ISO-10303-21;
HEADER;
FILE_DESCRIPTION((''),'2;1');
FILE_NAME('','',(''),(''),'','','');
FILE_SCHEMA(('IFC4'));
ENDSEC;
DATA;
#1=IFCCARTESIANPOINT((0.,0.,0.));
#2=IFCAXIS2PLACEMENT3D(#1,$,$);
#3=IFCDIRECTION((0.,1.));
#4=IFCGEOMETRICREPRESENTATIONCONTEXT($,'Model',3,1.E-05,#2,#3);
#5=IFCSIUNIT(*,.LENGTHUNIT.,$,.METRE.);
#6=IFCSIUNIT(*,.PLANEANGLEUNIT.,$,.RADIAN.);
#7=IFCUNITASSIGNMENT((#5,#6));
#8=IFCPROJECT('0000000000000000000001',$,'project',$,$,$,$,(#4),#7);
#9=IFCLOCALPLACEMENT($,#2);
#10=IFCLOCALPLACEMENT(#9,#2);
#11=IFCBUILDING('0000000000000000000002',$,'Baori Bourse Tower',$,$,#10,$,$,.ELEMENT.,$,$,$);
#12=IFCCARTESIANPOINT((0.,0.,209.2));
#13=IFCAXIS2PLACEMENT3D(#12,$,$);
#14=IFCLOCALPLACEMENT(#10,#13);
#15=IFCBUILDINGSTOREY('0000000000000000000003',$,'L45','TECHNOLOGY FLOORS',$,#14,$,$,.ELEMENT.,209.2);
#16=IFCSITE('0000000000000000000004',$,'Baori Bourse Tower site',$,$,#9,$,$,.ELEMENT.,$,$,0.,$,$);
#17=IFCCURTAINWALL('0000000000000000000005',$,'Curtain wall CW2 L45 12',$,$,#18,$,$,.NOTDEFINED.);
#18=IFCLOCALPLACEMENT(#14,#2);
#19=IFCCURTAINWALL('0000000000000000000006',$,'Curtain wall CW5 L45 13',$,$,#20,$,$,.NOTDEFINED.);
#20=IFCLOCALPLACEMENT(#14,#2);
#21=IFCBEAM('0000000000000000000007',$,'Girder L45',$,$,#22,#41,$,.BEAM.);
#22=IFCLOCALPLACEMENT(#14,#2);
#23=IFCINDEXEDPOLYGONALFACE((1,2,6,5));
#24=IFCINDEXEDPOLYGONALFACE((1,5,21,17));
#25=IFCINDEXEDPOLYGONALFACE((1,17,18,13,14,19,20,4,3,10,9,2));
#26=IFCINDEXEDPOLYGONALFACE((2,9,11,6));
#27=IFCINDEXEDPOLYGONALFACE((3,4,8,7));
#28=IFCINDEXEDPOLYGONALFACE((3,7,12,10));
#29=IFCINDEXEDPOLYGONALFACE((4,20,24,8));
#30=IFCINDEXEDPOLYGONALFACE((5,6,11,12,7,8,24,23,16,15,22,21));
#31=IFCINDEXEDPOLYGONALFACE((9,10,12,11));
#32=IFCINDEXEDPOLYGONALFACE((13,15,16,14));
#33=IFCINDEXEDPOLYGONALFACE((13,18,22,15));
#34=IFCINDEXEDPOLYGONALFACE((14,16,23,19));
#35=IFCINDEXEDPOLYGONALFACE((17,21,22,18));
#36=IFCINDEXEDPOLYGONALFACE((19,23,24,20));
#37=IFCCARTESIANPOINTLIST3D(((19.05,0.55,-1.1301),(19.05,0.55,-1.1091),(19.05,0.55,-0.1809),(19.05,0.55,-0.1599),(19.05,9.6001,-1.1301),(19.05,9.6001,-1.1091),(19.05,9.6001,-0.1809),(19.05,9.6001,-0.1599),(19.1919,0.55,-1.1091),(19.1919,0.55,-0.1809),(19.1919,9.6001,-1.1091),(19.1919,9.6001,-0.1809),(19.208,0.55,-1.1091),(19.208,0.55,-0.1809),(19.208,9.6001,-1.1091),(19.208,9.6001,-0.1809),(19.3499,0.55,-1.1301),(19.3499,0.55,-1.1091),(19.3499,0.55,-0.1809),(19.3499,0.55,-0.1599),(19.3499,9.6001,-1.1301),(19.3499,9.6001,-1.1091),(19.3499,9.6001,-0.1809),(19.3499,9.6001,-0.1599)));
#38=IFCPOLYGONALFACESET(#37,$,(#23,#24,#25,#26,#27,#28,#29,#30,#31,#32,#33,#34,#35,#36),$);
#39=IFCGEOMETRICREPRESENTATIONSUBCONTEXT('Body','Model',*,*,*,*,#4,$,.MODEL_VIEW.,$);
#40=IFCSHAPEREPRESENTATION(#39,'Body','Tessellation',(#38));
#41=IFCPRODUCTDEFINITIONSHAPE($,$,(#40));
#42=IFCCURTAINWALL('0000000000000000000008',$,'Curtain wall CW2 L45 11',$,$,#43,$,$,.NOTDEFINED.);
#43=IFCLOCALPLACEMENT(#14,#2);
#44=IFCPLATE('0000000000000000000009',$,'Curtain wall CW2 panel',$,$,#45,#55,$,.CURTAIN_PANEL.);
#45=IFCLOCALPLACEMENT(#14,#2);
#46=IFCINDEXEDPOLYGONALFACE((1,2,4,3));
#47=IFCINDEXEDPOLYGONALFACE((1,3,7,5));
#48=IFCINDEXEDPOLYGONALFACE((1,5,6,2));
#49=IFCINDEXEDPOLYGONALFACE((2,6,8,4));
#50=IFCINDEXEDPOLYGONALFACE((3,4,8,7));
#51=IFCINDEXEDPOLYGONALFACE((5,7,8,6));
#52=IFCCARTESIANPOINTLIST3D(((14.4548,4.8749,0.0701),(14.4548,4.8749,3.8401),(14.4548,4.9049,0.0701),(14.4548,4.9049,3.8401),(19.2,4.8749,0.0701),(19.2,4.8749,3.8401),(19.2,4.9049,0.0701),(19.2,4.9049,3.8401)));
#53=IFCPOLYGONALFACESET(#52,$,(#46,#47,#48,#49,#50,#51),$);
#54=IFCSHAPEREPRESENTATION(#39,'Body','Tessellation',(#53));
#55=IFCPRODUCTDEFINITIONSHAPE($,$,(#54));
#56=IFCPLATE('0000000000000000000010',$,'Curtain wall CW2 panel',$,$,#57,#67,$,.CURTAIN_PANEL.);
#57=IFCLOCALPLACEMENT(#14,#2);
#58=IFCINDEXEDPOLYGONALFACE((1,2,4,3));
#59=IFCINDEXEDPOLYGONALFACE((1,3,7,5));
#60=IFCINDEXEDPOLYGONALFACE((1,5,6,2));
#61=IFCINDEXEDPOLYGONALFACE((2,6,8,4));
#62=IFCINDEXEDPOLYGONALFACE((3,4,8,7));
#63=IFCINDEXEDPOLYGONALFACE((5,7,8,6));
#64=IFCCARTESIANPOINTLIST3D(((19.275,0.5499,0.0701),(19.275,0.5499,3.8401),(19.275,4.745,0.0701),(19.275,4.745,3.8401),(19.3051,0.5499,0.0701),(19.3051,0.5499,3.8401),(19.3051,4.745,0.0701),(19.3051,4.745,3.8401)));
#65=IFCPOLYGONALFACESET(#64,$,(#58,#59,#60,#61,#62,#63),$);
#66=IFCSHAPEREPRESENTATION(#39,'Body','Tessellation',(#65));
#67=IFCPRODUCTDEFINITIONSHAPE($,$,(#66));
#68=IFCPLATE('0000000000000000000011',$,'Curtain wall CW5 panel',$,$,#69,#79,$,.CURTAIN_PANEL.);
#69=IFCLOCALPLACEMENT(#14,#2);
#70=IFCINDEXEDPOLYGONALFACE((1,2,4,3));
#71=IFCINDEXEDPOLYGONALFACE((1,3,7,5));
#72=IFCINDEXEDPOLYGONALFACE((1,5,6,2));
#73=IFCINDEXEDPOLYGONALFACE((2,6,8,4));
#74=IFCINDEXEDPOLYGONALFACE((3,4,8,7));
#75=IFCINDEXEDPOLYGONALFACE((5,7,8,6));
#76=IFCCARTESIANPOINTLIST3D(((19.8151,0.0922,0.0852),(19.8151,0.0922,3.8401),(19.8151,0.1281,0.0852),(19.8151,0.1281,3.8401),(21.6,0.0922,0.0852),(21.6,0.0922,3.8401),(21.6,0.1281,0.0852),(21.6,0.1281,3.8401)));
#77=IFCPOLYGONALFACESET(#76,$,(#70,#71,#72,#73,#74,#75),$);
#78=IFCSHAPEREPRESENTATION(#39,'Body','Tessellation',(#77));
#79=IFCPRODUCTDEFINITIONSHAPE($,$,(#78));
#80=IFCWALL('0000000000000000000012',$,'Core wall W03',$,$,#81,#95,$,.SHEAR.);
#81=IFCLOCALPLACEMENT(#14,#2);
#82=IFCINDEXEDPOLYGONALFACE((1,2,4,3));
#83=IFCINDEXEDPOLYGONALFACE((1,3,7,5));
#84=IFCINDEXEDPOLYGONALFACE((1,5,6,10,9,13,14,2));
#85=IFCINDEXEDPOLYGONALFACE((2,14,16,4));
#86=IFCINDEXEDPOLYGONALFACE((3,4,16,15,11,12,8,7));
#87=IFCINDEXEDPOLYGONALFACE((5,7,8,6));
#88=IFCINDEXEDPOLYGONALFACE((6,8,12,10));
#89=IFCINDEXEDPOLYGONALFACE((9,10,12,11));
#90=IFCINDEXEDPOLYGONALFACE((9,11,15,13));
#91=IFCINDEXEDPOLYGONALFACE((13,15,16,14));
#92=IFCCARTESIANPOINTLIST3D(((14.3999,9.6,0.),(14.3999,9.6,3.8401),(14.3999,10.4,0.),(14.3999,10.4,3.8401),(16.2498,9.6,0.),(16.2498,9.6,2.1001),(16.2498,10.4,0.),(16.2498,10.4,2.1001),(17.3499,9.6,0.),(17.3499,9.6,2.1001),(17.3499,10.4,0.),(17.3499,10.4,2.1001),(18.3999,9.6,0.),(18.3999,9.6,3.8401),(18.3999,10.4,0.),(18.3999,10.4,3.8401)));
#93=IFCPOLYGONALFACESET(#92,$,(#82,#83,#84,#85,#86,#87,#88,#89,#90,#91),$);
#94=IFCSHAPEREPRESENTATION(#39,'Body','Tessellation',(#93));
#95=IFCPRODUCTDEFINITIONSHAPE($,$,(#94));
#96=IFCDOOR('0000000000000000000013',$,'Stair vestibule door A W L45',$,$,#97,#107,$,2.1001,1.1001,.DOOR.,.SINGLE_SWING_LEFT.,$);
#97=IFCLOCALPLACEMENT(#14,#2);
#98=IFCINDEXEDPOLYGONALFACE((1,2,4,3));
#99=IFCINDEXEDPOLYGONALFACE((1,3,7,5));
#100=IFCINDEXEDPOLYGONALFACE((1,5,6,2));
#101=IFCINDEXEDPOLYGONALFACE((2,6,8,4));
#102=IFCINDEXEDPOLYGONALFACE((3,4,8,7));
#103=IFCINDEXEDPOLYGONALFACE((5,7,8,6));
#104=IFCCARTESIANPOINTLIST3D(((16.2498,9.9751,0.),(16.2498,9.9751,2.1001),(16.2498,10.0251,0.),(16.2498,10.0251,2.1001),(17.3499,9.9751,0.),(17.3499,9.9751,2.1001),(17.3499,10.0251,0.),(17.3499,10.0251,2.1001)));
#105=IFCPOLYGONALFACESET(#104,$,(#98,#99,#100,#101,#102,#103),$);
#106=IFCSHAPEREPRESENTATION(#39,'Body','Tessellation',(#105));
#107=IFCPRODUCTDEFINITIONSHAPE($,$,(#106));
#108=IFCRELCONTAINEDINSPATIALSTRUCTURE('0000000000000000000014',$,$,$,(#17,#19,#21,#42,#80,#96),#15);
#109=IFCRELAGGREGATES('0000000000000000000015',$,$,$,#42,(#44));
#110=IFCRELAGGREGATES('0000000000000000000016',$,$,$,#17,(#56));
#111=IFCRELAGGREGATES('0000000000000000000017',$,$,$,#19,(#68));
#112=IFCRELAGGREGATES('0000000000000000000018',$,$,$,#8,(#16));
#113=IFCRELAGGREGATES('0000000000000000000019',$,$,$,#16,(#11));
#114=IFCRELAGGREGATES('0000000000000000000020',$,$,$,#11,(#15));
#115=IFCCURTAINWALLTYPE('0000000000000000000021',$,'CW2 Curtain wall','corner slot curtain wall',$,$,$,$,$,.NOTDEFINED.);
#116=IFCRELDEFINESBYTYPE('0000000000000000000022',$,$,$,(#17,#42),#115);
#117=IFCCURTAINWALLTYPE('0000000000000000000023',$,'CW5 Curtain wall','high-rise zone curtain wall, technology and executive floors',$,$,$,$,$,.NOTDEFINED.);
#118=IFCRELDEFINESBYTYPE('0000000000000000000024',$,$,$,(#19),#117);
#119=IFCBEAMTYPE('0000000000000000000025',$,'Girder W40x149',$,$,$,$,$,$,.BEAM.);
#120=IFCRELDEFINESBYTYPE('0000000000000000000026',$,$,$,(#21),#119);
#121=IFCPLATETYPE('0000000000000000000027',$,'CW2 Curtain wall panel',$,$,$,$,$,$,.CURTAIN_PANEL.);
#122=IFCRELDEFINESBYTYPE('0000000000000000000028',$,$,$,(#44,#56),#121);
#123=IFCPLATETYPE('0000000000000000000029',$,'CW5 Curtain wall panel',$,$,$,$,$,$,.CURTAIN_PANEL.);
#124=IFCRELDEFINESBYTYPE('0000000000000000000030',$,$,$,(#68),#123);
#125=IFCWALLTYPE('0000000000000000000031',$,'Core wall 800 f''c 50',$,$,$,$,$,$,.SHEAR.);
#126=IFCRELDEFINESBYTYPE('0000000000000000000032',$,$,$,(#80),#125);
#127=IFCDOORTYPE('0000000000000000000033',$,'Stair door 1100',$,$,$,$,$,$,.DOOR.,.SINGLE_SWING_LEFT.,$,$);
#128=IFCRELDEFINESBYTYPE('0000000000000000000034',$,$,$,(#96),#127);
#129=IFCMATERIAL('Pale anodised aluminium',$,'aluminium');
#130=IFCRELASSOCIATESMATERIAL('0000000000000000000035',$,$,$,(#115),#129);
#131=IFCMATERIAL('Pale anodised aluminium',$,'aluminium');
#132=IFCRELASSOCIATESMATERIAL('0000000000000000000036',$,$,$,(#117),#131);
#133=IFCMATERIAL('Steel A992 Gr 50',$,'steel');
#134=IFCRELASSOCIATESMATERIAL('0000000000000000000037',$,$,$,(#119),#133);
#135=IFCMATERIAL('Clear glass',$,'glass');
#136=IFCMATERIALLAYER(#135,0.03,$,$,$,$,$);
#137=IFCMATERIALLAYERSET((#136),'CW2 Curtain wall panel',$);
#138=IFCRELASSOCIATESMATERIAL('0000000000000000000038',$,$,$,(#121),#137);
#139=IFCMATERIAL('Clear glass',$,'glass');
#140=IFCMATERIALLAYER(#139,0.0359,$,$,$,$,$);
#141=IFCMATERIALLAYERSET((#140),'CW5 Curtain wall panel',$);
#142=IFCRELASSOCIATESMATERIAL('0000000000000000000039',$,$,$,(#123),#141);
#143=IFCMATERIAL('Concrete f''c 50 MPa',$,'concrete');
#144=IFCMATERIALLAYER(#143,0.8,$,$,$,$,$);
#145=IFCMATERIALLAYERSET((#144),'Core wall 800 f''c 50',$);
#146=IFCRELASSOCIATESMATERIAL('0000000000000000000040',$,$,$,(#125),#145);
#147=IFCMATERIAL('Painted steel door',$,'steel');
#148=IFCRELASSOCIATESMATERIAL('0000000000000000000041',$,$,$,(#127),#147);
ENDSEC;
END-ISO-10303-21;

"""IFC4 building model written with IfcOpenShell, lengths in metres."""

from ifc_helpers import new_model, si_unit, direction, frame, frame_2d, origin, origin_2d, place, context, subcontext, project, spatial, rectangle, i_section, extrude, material, layer, layer_set, material_profile, profile_set, type_object, element, fill, aggregate, save


model = new_model("IFC4")

# Units and contexts
model_context = context("Model", 3, precision=1e-05, world=origin(), true_north=direction((0.0, 1.0)))
body_context = subcontext(model_context, "Body", "Model", "MODEL_VIEW")
ifc_project = project(units=[si_unit("LENGTHUNIT", "METRE"), si_unit("PLANEANGLEUNIT", "RADIAN")], contexts=[model_context])

# Site, building, storey
site_placement = place(None, origin())
site = spatial("IfcSite", under=ifc_project, at=site_placement, Name="Baori Bourse Tower site", CompositionType="ELEMENT", RefElevation=0.0)
building_placement = place(site_placement, origin())
building = spatial("IfcBuilding", under=site, at=building_placement, Name="Baori Bourse Tower", CompositionType="ELEMENT")
storey_placement = place(building_placement, frame((0.0, 0.0, 209.2)))
storey = spatial("IfcBuildingStorey", under=building, at=storey_placement, Name="L45", Description="TECHNOLOGY FLOORS", CompositionType="ELEMENT", Elevation=209.2)

# Curtain walls
ifc_material_1 = material(Name="Pale anodised aluminium", Category="aluminium")
curtain_wall_type_1 = type_object("IfcCurtainWallType", Name="CW2 Curtain wall", Description="corner slot curtain wall", PredefinedType="NOTDEFINED", material=ifc_material_1)
curtain_wall_1_placement = place(storey_placement, origin())
curtain_wall_1 = element("IfcCurtainWall", 1, at=curtain_wall_1_placement, inside=storey, type_object=curtain_wall_type_1, Name="Curtain wall CW2 L45 12", PredefinedType="NOTDEFINED")
ifc_material_2 = material(Name="Pale anodised aluminium", Category="aluminium")
curtain_wall_type_2 = type_object("IfcCurtainWallType", Name="CW5 Curtain wall", Description="high-rise zone curtain wall, technology and executive floors", PredefinedType="NOTDEFINED", material=ifc_material_2)
curtain_wall_2_placement = place(storey_placement, origin())
curtain_wall_2 = element("IfcCurtainWall", 2, at=curtain_wall_2_placement, inside=storey, type_object=curtain_wall_type_2, Name="Curtain wall CW5 L45 13", PredefinedType="NOTDEFINED")

# Beam
ifc_material_3 = material(Name="Steel A992 Gr 50", Category="steel")
ifc_material_profile_1 = material_profile(ifc_material_3, i_section(OverallWidth=0.2998, OverallDepth=0.9702, WebThickness=0.0161, FlangeThickness=0.021, at=origin_2d()), Name="W40x149")
ifc_profile_set_1 = profile_set([ifc_material_profile_1], Name="Steel A992 Gr 50")
beam_type_1 = type_object("IfcBeamType", Name="Girder W40x149", PredefinedType="BEAM", material=ifc_profile_set_1)
beam_1_placement = place(storey_placement, frame((19.2, 0.55, -0.645), z_axis=(0.0, 1.0, 0.0), x_axis=(-1.0, 0.0, 0.0)))
element("IfcBeam", 3, at=beam_1_placement, inside=storey, type_object=beam_type_1, Name="Girder L45", PredefinedType="BEAM", context=body_context, shape_type="SweptSolid", body=[
    extrude(i_section(OverallWidth=0.2998, OverallDepth=0.9702, WebThickness=0.0161, FlangeThickness=0.021, at=origin_2d()), origin(), (0.0, 0.0, 1.0), 9.05),
])

# Curtain wall, plate
curtain_wall_3_placement = place(storey_placement, origin())
curtain_wall_3 = element("IfcCurtainWall", 4, at=curtain_wall_3_placement, inside=storey, type_object=curtain_wall_type_1, Name="Curtain wall CW2 L45 11", PredefinedType="NOTDEFINED")
ifc_material_4 = material(Name="Clear glass", Category="glass")
ifc_layer_1 = layer(ifc_material_4, 0.03)
ifc_layer_set_1 = layer_set([ifc_layer_1], Name="CW2 Curtain wall panel")
plate_type_1 = type_object("IfcPlateType", Name="CW2 Curtain wall panel", PredefinedType="CURTAIN_PANEL", material=ifc_layer_set_1)
plate_1_placement = place(storey_placement, frame((16.8274, 4.8899, 0.0701), z_axis=(0.0, 0.0, 1.0), x_axis=(1.0, 0.0, 0.0)))
plate_1 = element("IfcPlate", 5, at=plate_1_placement, type_object=plate_type_1, Name="Curtain wall CW2 panel", PredefinedType="CURTAIN_PANEL", context=body_context, shape_type="SweptSolid", body=[
    extrude(rectangle(XDim=4.7451, YDim=0.03, at=origin_2d()), origin(), (0.0, 0.0, 1.0), 3.77),
])
aggregate(curtain_wall_3, [plate_1])

# Plates
plate_2_placement = place(storey_placement, frame((19.29, 2.6475, 0.0701), z_axis=(0.0, 0.0, 1.0), x_axis=(0.0, -1.0, 0.0)))
plate_2 = element("IfcPlate", 6, at=plate_2_placement, type_object=plate_type_1, Name="Curtain wall CW2 panel", PredefinedType="CURTAIN_PANEL", context=body_context, shape_type="SweptSolid", body=[
    extrude(rectangle(XDim=4.1951, YDim=0.03, at=origin_2d()), origin(), (0.0, 0.0, 1.0), 3.77),
])
aggregate(curtain_wall_1, [plate_2])
ifc_material_5 = material(Name="Clear glass", Category="glass")
ifc_layer_2 = layer(ifc_material_5, 0.0359)
ifc_layer_set_2 = layer_set([ifc_layer_2], Name="CW5 Curtain wall panel")
plate_type_2 = type_object("IfcPlateType", Name="CW5 Curtain wall panel", PredefinedType="CURTAIN_PANEL", material=ifc_layer_set_2)
plate_3_placement = place(storey_placement, frame((20.7075, 0.1101, 0.0852), z_axis=(0.0, 0.0, 1.0), x_axis=(1.0, 0.0, 0.0)))
plate_3 = element("IfcPlate", 7, at=plate_3_placement, type_object=plate_type_2, Name="Curtain wall CW5 panel", PredefinedType="CURTAIN_PANEL", context=body_context, shape_type="SweptSolid", body=[
    extrude(rectangle(XDim=1.7849, YDim=0.0359, at=origin_2d()), origin(), (0.0, 0.0, 1.0), 3.7549),
])
aggregate(curtain_wall_2, [plate_3])

# Wall, opening, door
ifc_material_6 = material(Name="Concrete f'c 50 MPa", Category="concrete")
ifc_layer_3 = layer(ifc_material_6, 0.8)
ifc_layer_set_3 = layer_set([ifc_layer_3], Name="Core wall 800 f'c 50")
wall_type_1 = type_object("IfcWallType", Name="Core wall 800 f'c 50", PredefinedType="SHEAR", material=ifc_layer_set_3)
wall_1_placement = place(storey_placement, frame((18.3999, 10.0, 0.0), z_axis=(0.0, 0.0, 1.0), x_axis=(-1.0, 0.0, 0.0)))
wall_1 = element("IfcWall", 8, at=wall_1_placement, inside=storey, type_object=wall_type_1, Name="Core wall W03", PredefinedType="SHEAR", context=body_context, shape_type="SweptSolid", body=[
    extrude(rectangle(XDim=4.0, YDim=0.8, at=frame_2d((2.0, 0.0))), origin(), (0.0, 0.0, 1.0), 3.8401),
])
opening_1_placement = place(wall_1_placement, frame((1.05, 0.0, 0.0)))
opening_1 = element("IfcOpeningElement", 9, at=opening_1_placement, cuts=wall_1, PredefinedType="OPENING", context=body_context, shape_type="SweptSolid", body=[
    extrude(rectangle(XDim=1.1001, YDim=2.1001, at=frame_2d((0.55, 1.05))), frame((0.0, 0.4099, 0.0), z_axis=(0.0, -1.0, 0.0), x_axis=(1.0, 0.0, 0.0)), (0.0, 0.0, 1.0), 0.8201),
])
ifc_material_7 = material(Name="Painted steel door", Category="steel")
door_type_1 = type_object("IfcDoorType", Name="Stair door 1100", OperationType="SINGLE_SWING_LEFT", PredefinedType="DOOR", material=ifc_material_7)
door_1_placement = place(opening_1_placement, origin())
door_1 = element("IfcDoor", 10, at=door_1_placement, inside=storey, type_object=door_type_1, Name="Stair vestibule door A W L45", OperationType="SINGLE_SWING_LEFT", OverallHeight=2.1001, OverallWidth=1.1001, PredefinedType="DOOR", context=body_context, shape_type="SweptSolid", body=[
    extrude(rectangle(XDim=1.1001, YDim=2.1001, at=frame_2d((0.55, 1.05))), frame((0.0, 0.0249, 0.0), z_axis=(0.0, -1.0, 0.0), x_axis=(1.0, 0.0, 0.0)), (0.0, 0.0, 1.0), 0.05),
])
fill(opening_1, door_1)

save(model, "model.ifc")
